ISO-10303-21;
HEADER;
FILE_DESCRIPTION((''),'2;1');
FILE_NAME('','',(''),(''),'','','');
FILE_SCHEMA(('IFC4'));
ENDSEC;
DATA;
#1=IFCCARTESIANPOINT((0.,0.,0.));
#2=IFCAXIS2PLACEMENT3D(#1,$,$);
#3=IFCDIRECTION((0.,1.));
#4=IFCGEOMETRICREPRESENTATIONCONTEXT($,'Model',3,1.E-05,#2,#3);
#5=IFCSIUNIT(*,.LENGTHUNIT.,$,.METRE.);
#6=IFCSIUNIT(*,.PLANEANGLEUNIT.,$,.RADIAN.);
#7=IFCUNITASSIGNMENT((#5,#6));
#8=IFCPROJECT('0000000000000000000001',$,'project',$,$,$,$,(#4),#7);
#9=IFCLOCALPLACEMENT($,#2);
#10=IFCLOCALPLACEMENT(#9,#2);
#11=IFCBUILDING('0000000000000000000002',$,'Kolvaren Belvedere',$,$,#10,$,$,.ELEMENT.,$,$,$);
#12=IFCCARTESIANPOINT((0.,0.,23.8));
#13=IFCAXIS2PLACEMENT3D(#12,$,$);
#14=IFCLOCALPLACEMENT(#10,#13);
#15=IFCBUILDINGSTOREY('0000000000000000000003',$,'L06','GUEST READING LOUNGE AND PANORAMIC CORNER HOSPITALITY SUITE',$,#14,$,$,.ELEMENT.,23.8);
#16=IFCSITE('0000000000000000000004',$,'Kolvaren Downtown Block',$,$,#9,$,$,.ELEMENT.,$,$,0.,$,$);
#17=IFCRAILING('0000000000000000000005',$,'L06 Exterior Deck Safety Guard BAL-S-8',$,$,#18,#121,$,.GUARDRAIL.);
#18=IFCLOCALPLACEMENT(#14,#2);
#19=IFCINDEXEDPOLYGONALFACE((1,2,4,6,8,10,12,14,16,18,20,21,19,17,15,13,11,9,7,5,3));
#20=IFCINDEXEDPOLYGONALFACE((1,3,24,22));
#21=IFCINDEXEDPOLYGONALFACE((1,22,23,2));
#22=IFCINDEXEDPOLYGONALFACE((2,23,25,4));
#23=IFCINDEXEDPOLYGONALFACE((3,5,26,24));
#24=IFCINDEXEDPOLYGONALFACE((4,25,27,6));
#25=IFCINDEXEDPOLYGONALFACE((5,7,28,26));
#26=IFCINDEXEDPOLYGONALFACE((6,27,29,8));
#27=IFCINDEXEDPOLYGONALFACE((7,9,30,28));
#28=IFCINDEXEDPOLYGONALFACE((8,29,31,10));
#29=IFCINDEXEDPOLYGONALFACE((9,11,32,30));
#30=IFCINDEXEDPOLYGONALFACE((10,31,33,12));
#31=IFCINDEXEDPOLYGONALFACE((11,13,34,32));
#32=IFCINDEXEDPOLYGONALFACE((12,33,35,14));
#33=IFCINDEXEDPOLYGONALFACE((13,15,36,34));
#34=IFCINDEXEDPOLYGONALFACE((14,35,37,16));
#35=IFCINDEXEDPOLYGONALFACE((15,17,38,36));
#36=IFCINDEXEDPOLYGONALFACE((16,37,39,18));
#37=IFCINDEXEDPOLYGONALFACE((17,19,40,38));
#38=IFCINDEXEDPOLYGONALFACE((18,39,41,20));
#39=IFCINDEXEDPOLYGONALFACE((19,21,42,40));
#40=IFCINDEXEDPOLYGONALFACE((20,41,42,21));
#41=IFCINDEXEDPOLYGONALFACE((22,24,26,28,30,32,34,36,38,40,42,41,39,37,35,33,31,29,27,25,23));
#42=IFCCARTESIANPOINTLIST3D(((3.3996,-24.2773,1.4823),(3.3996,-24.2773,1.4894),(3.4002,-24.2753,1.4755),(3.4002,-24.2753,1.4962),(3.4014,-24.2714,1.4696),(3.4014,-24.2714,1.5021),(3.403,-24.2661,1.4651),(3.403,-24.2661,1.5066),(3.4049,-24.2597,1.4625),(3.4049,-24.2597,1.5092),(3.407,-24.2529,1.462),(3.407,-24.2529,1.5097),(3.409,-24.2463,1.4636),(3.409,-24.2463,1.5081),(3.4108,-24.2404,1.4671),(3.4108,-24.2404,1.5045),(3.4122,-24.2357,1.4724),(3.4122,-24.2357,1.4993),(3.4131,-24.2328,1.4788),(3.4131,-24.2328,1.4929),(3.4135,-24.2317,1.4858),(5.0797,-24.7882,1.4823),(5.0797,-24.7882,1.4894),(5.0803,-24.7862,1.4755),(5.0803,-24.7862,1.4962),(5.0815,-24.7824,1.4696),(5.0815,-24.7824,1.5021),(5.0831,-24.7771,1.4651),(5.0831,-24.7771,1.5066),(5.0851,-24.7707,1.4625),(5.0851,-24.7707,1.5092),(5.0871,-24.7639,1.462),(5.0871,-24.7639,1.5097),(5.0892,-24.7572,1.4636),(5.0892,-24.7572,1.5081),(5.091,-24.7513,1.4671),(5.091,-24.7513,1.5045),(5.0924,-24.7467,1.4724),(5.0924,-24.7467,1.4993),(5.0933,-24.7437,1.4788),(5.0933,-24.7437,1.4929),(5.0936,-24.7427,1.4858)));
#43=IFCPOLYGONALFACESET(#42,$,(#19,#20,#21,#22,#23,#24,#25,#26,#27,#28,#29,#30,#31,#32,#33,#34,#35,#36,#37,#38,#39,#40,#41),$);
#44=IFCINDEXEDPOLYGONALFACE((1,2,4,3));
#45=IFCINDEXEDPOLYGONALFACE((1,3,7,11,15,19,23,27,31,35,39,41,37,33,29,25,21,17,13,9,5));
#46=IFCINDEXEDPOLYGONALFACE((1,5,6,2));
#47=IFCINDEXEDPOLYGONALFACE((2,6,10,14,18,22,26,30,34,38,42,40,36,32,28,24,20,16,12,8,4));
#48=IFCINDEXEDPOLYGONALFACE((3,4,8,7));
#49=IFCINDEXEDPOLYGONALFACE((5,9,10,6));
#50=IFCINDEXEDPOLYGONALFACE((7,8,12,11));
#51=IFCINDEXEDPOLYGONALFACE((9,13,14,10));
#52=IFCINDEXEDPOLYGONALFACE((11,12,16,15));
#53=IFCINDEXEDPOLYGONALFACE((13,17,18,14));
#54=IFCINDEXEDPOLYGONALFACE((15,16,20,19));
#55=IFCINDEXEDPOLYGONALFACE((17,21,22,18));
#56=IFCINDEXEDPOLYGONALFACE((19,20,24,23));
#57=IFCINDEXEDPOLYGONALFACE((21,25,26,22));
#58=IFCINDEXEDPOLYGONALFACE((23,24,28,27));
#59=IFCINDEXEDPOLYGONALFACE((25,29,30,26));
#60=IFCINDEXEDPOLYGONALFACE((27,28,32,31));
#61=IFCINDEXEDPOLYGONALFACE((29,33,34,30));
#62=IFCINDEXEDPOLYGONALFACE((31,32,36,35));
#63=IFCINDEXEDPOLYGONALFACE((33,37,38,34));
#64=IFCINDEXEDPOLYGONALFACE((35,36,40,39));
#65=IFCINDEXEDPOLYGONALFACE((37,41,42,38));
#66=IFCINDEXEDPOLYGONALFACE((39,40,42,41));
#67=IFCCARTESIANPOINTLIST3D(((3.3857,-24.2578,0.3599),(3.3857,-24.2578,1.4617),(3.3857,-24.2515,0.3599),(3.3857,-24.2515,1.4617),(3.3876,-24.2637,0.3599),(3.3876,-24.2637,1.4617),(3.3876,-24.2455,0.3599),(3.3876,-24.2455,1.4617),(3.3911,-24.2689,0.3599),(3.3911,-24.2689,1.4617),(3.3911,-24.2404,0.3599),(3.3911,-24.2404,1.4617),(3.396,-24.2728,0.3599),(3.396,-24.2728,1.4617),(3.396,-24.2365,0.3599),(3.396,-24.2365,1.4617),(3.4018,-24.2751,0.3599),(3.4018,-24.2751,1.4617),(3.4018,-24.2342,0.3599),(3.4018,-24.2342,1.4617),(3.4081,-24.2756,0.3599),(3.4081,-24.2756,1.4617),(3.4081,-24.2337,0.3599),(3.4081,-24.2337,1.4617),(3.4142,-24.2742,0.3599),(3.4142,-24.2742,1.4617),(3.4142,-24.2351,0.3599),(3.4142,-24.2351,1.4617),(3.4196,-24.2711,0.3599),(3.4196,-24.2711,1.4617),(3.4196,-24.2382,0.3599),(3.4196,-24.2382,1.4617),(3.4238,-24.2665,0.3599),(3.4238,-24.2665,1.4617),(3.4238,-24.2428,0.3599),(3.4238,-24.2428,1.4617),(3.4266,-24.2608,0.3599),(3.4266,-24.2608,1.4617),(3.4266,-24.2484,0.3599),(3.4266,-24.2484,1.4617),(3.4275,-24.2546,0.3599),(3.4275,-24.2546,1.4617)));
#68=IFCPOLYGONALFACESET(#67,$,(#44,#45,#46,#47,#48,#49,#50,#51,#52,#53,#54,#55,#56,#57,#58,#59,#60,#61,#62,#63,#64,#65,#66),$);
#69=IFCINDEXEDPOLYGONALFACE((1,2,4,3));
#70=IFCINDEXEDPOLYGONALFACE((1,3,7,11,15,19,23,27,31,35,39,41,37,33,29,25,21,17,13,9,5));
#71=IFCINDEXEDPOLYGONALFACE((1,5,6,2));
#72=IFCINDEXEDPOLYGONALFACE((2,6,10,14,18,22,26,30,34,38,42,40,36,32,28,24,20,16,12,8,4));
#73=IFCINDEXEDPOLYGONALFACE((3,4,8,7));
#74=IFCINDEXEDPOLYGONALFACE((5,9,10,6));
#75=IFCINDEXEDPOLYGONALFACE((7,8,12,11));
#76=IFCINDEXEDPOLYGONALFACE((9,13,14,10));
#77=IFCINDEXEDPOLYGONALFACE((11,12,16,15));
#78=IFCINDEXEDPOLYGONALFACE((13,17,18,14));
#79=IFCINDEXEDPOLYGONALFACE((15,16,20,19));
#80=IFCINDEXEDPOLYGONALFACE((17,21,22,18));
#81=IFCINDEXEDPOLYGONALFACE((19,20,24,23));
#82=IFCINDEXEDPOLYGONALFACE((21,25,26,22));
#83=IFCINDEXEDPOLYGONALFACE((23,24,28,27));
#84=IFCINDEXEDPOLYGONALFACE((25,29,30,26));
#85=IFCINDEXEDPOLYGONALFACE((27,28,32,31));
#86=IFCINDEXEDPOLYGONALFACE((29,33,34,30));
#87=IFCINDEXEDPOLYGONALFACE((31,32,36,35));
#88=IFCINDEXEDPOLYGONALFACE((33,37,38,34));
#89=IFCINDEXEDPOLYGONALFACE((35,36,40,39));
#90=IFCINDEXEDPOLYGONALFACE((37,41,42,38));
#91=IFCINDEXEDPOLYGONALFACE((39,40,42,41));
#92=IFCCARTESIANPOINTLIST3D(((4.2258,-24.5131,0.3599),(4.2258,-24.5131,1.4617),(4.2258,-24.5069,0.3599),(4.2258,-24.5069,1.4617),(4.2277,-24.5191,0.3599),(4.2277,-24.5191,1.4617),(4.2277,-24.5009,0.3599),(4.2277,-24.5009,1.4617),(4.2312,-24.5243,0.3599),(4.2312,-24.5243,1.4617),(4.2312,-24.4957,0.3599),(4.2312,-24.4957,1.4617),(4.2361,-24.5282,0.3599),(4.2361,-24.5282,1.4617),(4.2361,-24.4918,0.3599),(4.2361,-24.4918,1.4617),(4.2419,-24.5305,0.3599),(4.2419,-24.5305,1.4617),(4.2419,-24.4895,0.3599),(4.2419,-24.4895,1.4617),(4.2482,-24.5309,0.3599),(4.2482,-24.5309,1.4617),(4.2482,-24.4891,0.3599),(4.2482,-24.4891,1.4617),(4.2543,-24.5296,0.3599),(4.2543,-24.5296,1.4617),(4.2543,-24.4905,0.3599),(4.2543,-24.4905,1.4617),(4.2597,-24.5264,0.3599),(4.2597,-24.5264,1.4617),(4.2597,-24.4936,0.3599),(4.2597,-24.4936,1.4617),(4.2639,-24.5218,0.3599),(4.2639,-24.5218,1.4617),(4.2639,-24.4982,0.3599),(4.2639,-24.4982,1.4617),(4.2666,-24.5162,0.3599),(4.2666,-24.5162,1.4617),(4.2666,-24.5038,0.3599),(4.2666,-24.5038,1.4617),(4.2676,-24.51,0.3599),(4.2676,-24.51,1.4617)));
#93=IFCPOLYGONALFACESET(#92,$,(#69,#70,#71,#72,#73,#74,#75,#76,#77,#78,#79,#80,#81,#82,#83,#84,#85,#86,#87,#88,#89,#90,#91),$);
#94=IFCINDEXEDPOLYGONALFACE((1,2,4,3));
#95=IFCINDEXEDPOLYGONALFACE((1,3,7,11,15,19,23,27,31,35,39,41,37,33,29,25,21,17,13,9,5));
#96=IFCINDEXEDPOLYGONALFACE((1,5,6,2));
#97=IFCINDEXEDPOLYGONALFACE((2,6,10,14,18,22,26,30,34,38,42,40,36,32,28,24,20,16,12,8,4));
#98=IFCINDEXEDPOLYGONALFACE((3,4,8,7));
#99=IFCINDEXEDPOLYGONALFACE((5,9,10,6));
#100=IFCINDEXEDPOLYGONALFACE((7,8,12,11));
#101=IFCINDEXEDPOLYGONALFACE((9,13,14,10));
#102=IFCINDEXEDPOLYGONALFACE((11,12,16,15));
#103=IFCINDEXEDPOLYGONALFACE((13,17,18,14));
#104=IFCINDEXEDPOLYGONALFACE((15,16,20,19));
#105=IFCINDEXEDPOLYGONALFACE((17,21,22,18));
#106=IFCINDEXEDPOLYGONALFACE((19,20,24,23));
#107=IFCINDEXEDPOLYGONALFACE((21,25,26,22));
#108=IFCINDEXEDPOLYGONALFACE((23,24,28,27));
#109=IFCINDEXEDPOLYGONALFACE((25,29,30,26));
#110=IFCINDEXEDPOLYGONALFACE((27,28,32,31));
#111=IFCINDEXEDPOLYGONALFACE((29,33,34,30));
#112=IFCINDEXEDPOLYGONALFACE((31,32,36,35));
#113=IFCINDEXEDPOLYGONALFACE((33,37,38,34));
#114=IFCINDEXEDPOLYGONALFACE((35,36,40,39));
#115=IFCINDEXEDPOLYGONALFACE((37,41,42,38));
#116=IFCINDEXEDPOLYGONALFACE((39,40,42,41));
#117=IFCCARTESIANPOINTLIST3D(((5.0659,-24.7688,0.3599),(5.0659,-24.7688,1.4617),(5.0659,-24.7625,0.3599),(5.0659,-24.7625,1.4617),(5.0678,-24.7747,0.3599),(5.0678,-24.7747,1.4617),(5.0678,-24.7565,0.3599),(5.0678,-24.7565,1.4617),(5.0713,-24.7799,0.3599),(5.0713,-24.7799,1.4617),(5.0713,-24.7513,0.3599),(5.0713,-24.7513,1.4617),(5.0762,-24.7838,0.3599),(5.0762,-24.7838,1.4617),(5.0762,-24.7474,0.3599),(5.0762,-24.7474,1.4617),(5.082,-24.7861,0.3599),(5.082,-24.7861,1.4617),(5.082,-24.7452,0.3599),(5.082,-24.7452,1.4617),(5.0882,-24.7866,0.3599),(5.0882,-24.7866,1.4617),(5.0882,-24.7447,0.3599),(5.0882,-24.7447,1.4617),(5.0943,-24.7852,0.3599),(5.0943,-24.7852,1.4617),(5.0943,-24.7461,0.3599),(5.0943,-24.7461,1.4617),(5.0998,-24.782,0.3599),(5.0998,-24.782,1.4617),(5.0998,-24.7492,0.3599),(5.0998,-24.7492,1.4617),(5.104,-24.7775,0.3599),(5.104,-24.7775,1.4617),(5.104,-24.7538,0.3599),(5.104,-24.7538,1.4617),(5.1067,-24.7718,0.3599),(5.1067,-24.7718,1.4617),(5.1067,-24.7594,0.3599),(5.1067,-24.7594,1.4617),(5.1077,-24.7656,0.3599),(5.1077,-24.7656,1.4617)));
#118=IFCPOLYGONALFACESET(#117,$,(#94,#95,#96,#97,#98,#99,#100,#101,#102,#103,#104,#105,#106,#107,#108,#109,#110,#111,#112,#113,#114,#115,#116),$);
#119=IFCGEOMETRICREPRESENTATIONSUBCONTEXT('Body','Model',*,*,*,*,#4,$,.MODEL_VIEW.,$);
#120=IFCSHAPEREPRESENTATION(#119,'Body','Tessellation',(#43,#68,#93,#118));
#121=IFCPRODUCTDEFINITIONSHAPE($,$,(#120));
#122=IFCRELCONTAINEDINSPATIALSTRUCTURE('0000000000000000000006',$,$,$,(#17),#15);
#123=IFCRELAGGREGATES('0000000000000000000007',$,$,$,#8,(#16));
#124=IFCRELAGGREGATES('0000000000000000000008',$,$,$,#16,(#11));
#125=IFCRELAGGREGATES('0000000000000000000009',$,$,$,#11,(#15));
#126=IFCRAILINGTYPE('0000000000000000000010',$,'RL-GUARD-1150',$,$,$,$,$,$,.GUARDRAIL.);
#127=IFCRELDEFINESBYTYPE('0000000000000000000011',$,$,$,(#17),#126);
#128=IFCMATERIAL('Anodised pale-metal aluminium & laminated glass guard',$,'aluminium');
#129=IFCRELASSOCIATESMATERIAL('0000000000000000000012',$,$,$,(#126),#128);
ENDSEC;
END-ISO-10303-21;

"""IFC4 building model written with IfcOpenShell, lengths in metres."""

from ifc_helpers import new_model, si_unit, direction, frame, origin, origin_2d, place, context, subcontext, project, spatial, circle, extrude, material, type_object, element, save


model = new_model("IFC4")

# Units and contexts
model_context = context("Model", 3, precision=1e-05, world=origin(), true_north=direction((0.0, 1.0)))
body_context = subcontext(model_context, "Body", "Model", "MODEL_VIEW")
ifc_project = project(units=[si_unit("LENGTHUNIT", "METRE"), si_unit("PLANEANGLEUNIT", "RADIAN")], contexts=[model_context])

# Site, building, storey
site_placement = place(None, origin())
site = spatial("IfcSite", under=ifc_project, at=site_placement, Name="Kolvaren Downtown Block", CompositionType="ELEMENT", RefElevation=0.0)
building_placement = place(site_placement, origin())
building = spatial("IfcBuilding", under=site, at=building_placement, Name="Kolvaren Belvedere", CompositionType="ELEMENT")
storey_placement = place(building_placement, frame((0.0, 0.0, 23.8)))
storey = spatial("IfcBuildingStorey", under=building, at=storey_placement, Name="L06", Description="GUEST READING LOUNGE AND PANORAMIC CORNER HOSPITALITY SUITE", CompositionType="ELEMENT", Elevation=23.8)

# Railing
ifc_material_1 = material(Name="Anodised pale-metal aluminium & laminated glass guard", Category="aluminium")
railing_type = type_object("IfcRailingType", Name="RL-GUARD-1150", PredefinedType="GUARDRAIL", material=ifc_material_1)
railing_1_placement = place(storey_placement, frame((3.4065, -24.2546, 0.3599)))
element("IfcRailing", 1, at=railing_1_placement, inside=storey, type_object=railing_type, Name="L06 Exterior Deck Safety Guard BAL-S-8", PredefinedType="GUARDRAIL", context=body_context, shape_type="SweptSolid", body=[
    extrude(circle(Radius=0.0239, at=origin_2d()), frame((0.0, 0.0, 1.126), z_axis=(0.956733, -0.290968, 0.0), x_axis=(0.290968, 0.956733, 0.0)), (0.0, 0.0, 1.0), 1.7561),
    extrude(circle(Radius=0.021, at=origin_2d()), origin(), (0.0, 0.0, 1.0), 1.1018),
    extrude(circle(Radius=0.021, at=origin_2d()), frame((0.8401, -0.2554, 0.0)), (0.0, 0.0, 1.0), 1.1018),
    extrude(circle(Radius=0.021, at=origin_2d()), frame((1.6802, -0.511, 0.0)), (0.0, 0.0, 1.0), 1.1018),
])

save(model, "model.ifc")
